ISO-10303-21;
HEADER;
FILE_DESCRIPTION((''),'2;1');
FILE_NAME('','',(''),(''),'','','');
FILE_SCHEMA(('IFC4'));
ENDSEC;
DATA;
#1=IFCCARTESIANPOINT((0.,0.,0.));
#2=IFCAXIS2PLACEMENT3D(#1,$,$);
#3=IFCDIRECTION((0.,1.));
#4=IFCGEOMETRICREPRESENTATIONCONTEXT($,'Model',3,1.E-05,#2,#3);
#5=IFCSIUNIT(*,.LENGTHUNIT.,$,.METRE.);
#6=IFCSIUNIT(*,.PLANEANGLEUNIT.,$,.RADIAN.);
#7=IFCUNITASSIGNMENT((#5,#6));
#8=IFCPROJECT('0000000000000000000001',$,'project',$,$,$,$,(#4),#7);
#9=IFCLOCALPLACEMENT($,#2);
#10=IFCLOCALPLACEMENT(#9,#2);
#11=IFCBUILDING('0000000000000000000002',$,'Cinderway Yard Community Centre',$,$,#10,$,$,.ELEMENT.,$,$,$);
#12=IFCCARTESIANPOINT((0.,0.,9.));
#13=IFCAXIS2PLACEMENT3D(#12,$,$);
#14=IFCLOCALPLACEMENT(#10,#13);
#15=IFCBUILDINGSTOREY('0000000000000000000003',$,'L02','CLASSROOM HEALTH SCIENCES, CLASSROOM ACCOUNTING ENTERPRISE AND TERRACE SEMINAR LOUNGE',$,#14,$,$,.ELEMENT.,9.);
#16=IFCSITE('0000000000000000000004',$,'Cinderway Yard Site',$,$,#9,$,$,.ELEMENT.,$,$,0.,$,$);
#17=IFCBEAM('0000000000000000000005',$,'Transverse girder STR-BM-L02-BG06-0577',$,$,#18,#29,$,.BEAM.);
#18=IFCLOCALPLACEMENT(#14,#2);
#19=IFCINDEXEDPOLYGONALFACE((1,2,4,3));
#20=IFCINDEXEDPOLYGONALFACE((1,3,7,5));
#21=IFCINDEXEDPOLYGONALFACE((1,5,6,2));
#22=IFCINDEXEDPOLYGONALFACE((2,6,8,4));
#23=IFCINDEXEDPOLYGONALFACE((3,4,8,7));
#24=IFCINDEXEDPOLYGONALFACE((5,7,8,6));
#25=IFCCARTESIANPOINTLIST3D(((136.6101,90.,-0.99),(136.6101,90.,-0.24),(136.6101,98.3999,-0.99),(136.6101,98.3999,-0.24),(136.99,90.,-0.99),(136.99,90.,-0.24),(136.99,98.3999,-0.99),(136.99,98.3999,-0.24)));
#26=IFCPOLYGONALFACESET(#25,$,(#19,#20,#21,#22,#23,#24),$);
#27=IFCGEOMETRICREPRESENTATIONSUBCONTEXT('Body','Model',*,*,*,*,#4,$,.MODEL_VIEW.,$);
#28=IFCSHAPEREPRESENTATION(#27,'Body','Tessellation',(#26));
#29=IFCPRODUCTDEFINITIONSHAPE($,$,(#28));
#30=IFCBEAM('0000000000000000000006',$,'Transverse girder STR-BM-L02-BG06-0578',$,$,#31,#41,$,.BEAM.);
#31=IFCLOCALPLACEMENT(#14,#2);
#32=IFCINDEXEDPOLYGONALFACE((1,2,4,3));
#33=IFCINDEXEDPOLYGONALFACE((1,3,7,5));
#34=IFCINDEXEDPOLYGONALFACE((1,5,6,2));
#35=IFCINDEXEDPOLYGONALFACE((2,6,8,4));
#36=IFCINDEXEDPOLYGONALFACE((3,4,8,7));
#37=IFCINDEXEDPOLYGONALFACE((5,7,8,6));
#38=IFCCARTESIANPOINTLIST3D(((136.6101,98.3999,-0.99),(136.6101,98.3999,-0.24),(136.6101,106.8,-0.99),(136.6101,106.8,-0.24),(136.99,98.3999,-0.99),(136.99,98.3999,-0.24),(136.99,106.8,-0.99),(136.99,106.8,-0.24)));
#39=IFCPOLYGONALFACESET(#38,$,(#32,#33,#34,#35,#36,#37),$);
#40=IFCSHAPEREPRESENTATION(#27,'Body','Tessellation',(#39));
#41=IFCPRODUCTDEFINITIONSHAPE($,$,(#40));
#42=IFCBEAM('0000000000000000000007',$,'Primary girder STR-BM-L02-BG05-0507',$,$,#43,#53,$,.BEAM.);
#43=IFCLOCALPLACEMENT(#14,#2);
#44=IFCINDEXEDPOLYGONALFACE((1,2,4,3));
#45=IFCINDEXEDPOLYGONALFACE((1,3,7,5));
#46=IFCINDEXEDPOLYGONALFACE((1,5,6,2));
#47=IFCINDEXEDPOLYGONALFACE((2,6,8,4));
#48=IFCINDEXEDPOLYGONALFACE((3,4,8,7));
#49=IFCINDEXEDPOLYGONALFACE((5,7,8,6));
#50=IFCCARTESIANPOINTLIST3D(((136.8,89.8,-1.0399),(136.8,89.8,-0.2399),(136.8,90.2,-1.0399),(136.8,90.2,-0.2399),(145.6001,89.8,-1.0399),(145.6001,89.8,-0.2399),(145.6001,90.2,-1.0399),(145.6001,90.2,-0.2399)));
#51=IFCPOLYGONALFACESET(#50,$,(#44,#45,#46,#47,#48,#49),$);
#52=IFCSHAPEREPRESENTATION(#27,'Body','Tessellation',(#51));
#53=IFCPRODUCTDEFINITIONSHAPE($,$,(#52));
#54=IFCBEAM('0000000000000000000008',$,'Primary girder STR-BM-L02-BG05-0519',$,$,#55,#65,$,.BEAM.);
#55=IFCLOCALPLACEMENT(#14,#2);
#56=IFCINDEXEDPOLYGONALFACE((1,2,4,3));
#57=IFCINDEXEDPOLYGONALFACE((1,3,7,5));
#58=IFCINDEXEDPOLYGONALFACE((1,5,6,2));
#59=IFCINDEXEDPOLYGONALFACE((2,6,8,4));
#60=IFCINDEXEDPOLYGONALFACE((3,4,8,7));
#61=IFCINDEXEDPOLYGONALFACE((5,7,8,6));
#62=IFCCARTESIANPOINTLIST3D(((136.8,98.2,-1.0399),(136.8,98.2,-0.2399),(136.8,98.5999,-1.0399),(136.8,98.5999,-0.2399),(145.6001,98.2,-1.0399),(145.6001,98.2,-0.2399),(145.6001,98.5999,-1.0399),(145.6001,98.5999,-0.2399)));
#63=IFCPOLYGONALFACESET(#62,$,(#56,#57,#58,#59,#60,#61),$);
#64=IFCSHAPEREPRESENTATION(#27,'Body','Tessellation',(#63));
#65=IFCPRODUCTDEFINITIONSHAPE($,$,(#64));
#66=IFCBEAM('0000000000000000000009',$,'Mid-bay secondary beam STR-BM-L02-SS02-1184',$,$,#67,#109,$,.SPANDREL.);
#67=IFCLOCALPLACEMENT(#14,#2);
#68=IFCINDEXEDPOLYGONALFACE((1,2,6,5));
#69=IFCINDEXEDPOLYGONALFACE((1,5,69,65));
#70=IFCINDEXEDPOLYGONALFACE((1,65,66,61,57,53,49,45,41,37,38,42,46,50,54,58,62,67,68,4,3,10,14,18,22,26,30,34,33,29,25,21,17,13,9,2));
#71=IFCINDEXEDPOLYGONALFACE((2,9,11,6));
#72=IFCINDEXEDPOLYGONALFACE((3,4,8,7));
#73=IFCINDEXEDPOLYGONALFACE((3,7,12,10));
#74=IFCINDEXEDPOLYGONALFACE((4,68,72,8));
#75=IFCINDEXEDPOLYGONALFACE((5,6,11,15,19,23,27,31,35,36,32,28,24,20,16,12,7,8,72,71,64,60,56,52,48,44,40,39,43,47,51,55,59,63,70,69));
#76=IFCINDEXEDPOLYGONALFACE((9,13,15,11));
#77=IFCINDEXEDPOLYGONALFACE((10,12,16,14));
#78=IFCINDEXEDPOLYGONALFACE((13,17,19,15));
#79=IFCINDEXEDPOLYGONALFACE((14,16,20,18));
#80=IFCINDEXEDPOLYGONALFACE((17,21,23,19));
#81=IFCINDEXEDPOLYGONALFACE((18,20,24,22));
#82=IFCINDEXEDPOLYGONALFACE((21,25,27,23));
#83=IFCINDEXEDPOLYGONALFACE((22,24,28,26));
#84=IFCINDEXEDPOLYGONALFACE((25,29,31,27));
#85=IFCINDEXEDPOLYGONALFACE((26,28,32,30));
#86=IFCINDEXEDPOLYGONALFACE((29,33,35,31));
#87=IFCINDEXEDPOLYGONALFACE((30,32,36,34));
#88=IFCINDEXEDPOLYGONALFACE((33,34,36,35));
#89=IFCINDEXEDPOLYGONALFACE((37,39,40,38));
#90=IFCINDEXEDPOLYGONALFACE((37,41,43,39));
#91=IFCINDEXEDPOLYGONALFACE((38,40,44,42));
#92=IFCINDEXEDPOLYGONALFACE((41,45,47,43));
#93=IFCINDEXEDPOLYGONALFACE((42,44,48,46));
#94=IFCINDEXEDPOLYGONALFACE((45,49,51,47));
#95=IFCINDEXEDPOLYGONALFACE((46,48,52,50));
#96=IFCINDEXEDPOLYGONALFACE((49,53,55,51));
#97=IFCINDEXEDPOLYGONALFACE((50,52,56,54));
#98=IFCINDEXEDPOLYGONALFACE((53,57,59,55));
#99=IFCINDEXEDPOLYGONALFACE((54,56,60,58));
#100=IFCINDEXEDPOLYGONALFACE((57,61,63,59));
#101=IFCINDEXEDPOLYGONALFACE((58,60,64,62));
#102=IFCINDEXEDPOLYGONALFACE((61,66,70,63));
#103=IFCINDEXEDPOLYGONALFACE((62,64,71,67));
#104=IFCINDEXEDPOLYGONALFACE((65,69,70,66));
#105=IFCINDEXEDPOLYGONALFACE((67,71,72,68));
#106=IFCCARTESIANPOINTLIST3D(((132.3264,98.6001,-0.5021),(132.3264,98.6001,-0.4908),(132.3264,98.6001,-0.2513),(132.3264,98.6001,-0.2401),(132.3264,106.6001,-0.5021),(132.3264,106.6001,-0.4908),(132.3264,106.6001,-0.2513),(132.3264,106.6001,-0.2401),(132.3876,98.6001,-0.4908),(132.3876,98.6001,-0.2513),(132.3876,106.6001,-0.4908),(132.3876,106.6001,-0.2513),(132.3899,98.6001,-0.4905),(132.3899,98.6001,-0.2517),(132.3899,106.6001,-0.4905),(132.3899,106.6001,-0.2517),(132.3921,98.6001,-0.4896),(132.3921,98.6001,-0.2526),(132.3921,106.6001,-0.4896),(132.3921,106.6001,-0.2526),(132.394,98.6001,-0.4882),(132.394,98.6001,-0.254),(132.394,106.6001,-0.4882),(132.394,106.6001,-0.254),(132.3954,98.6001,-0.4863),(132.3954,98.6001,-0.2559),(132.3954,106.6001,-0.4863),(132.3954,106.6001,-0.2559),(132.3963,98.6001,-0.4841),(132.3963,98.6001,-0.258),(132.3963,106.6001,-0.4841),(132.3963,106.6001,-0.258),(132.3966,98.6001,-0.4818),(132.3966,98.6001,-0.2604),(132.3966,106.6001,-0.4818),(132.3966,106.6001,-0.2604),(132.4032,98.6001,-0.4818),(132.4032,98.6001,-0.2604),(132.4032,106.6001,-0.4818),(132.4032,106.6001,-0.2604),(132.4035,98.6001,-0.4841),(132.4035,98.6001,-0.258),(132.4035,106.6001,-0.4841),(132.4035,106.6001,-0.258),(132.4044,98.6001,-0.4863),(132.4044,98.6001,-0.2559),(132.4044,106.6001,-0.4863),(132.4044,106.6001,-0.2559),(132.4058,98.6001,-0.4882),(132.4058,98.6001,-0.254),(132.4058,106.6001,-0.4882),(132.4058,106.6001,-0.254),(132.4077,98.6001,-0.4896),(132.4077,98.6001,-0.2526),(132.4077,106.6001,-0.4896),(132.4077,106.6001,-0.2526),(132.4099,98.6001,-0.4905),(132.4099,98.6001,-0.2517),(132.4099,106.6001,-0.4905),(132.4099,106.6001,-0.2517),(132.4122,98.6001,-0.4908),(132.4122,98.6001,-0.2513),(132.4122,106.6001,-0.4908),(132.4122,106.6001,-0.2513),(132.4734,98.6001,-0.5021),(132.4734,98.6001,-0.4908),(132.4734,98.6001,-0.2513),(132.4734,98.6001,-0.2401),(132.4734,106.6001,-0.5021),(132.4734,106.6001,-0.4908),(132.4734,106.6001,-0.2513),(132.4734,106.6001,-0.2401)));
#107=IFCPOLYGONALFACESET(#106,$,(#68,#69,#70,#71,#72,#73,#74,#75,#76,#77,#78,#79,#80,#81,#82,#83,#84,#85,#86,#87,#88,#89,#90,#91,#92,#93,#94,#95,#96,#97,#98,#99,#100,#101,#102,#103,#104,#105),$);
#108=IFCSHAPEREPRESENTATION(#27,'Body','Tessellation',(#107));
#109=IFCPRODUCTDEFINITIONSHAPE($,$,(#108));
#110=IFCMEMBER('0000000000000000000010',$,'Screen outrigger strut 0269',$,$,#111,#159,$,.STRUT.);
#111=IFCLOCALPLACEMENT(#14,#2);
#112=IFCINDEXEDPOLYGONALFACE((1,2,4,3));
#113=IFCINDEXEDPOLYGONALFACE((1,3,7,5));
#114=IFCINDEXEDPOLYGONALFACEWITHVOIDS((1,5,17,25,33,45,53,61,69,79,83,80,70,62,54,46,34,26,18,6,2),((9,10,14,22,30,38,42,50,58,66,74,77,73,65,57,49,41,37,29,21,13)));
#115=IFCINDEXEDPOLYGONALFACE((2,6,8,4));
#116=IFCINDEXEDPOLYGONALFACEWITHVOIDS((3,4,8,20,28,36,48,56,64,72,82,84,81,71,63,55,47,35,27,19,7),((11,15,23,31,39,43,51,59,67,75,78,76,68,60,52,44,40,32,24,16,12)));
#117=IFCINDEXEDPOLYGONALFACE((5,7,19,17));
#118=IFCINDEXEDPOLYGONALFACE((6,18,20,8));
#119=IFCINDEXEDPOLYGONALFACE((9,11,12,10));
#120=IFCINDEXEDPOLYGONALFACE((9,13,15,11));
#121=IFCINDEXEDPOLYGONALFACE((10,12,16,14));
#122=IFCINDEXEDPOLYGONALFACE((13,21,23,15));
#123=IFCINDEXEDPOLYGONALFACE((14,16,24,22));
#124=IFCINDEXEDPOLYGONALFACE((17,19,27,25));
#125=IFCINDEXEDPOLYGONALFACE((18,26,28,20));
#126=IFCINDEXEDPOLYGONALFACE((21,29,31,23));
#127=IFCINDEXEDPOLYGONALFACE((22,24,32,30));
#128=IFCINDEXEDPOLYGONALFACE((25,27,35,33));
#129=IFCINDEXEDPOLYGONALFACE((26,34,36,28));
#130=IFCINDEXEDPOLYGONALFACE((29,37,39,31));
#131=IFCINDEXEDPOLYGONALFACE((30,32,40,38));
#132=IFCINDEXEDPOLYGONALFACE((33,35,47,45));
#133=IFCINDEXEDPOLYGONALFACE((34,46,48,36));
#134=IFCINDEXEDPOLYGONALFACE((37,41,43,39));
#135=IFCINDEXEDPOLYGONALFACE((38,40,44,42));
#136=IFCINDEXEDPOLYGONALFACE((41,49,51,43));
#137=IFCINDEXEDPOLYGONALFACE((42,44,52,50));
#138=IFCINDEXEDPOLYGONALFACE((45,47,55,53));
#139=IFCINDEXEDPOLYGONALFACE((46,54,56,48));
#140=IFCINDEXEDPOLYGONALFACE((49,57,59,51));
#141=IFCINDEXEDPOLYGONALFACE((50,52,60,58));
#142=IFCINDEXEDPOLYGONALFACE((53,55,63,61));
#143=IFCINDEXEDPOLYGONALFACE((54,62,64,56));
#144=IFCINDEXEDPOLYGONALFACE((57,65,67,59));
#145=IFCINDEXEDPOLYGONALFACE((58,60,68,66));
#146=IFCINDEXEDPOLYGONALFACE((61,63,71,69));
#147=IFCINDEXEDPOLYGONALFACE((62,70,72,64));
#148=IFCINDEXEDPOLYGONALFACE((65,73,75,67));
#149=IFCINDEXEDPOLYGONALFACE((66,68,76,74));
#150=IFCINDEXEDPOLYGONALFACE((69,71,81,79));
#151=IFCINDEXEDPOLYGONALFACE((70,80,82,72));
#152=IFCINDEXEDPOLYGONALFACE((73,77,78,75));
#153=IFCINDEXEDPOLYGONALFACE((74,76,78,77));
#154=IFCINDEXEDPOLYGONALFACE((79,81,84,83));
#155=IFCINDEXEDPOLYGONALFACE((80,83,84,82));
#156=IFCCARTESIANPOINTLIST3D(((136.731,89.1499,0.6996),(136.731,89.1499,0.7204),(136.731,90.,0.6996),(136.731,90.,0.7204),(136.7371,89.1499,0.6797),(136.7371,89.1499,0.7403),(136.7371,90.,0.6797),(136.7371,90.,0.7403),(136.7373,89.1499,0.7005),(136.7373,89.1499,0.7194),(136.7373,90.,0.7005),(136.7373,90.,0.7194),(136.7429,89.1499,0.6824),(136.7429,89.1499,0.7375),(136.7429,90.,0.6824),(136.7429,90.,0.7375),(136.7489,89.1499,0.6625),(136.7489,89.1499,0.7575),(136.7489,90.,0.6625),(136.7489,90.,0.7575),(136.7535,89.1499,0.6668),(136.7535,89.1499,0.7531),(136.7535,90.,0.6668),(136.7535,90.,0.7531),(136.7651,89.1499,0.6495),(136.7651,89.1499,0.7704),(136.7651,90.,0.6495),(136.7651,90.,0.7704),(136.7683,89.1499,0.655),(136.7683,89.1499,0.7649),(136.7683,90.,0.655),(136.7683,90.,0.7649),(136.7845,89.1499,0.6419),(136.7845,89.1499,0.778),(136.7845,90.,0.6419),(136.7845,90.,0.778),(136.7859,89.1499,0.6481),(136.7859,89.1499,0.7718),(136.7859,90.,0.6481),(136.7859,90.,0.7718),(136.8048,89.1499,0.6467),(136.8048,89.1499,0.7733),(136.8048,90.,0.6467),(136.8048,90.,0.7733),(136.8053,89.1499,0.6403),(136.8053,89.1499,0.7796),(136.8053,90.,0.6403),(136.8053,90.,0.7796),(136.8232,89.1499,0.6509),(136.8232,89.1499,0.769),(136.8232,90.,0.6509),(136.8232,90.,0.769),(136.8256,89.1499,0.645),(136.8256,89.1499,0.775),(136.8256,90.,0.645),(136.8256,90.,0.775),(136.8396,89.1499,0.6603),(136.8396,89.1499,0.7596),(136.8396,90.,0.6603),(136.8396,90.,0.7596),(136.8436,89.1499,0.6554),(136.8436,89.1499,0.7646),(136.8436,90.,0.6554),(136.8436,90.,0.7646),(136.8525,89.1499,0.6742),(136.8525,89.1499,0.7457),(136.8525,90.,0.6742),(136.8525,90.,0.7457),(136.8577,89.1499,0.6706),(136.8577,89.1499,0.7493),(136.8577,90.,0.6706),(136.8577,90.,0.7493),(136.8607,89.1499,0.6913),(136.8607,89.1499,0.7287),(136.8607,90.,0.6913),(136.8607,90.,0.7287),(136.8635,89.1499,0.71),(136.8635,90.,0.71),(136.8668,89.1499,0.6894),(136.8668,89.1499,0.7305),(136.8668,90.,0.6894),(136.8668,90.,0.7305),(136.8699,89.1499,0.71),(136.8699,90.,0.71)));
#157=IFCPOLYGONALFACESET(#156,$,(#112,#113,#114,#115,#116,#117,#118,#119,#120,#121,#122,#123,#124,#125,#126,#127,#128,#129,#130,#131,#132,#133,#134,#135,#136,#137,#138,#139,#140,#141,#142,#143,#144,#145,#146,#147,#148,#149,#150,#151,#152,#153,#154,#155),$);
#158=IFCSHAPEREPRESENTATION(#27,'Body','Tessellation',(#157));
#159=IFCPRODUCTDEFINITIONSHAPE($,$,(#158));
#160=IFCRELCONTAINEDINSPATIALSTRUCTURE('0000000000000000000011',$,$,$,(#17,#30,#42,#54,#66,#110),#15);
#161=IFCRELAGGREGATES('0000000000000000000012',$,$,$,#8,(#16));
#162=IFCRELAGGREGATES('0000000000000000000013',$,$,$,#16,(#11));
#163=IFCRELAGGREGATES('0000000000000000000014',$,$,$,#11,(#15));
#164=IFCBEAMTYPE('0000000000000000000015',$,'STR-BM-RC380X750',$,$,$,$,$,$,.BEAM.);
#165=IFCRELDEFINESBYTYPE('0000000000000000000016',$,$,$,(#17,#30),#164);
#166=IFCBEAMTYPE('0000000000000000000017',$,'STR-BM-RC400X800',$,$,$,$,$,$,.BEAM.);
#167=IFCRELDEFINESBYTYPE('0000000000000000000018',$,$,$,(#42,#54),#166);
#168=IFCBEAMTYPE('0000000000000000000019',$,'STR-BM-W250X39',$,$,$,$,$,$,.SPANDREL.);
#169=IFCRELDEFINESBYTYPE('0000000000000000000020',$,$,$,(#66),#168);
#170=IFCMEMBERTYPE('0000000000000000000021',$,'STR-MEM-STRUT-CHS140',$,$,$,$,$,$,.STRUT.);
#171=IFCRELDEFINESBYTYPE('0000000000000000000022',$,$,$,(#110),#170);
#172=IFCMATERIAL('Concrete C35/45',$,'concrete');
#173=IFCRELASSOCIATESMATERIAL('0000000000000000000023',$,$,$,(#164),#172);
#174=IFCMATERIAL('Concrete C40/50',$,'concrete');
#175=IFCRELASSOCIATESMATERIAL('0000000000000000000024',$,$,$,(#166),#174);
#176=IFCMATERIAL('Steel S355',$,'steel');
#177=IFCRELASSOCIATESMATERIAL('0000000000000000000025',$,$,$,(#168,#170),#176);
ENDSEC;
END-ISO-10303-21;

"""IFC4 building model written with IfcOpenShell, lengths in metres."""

from ifc_helpers import new_model, si_unit, direction, frame, origin, origin_2d, place, context, subcontext, project, spatial, rectangle, hollow_circle, i_section, extrude, material, material_profile, profile_set, type_object, element, save


model = new_model("IFC4")

# Units and contexts
model_context = context("Model", 3, precision=1e-05, world=origin(), true_north=direction((0.0, 1.0)))
body_context = subcontext(model_context, "Body", "Model", "MODEL_VIEW")
ifc_project = project(units=[si_unit("LENGTHUNIT", "METRE"), si_unit("PLANEANGLEUNIT", "RADIAN")], contexts=[model_context])

# Site, building, storey
site_placement = place(None, origin())
site = spatial("IfcSite", under=ifc_project, at=site_placement, Name="Cinderway Yard Site", CompositionType="ELEMENT", RefElevation=0.0)
building_placement = place(site_placement, origin())
building = spatial("IfcBuilding", under=site, at=building_placement, Name="Cinderway Yard Community Centre", CompositionType="ELEMENT")
storey_placement = place(building_placement, frame((0.0, 0.0, 9.0)))
storey = spatial("IfcBuildingStorey", under=building, at=storey_placement, Name="L02", Description="CLASSROOM HEALTH SCIENCES, CLASSROOM ACCOUNTING ENTERPRISE AND TERRACE SEMINAR LOUNGE", CompositionType="ELEMENT", Elevation=9.0)

# Shared definitions
ifc_material_1 = material(Name="Concrete C40/50", Category="concrete")

# Beams
ifc_material_2 = material(Name="Concrete C35/45", Category="concrete")
ifc_material_profile_1 = material_profile(ifc_material_2, rectangle(XDim=0.3799, YDim=0.75, at=origin_2d()), Name="Concrete C35/45")
ifc_profile_set_1 = profile_set([ifc_material_profile_1], Name="Concrete C35/45")
beam_type_1 = type_object("IfcBeamType", Name="STR-BM-RC380X750", PredefinedType="BEAM", material=ifc_profile_set_1)
beam_1_placement = place(storey_placement, frame((136.8, 90.0, -0.615), z_axis=(0.0, 1.0, 0.0), x_axis=(-1.0, 0.0, 0.0)))
element("IfcBeam", 1, at=beam_1_placement, inside=storey, type_object=beam_type_1, Name="Transverse girder STR-BM-L02-BG06-0577", PredefinedType="BEAM", context=body_context, shape_type="SweptSolid", body=[
    extrude(rectangle(XDim=0.3799, YDim=0.75, at=origin_2d()), origin(), (0.0, 0.0, 1.0), 8.3999),
])
beam_2_placement = place(storey_placement, frame((136.8, 98.3999, -0.615), z_axis=(0.0, 1.0, 0.0), x_axis=(-1.0, 0.0, 0.0)))
element("IfcBeam", 2, at=beam_2_placement, inside=storey, type_object=beam_type_1, Name="Transverse girder STR-BM-L02-BG06-0578", PredefinedType="BEAM", context=body_context, shape_type="SweptSolid", body=[
    extrude(rectangle(XDim=0.3799, YDim=0.75, at=origin_2d()), origin(), (0.0, 0.0, 1.0), 8.4001),
])
ifc_material_profile_2 = material_profile(ifc_material_1, rectangle(XDim=0.3999, YDim=0.8, at=origin_2d()), Name="Concrete C40/50")
ifc_profile_set_2 = profile_set([ifc_material_profile_2], Name="Concrete C40/50")
beam_type_2 = type_object("IfcBeamType", Name="STR-BM-RC400X800", PredefinedType="BEAM", material=ifc_profile_set_2)
for number, where, z_axis, x_axis, name in (
    (3, (136.8, 90.0, -0.6399), (1.0, 0.0, 0.0), (0.0, 1.0, 0.0), "Primary girder STR-BM-L02-BG05-0507"),
    (4, (136.8, 98.3999, -0.6399), (1.0, 0.0, 0.0), (0.0, 1.0, 0.0), "Primary girder STR-BM-L02-BG05-0519"),
):
    element("IfcBeam", number, at=place(storey_placement, frame(where, z_axis=z_axis, x_axis=x_axis)), inside=storey, type_object=beam_type_2, Name=name, PredefinedType="BEAM", context=body_context, shape_type="SweptSolid", body=[
        extrude(rectangle(XDim=0.3999, YDim=0.8, at=origin_2d()), origin(), (0.0, 0.0, 1.0), 8.8),
    ])
ifc_material_3 = material(Name="Steel S355", Category="steel")
ifc_material_profile_3 = material_profile(ifc_material_3, i_section(OverallWidth=0.147, OverallDepth=0.262, WebThickness=0.0066, FlangeThickness=0.0112, FilletRadius=0.009, at=origin_2d()), Name="Steel S355")
ifc_profile_set_3 = profile_set([ifc_material_profile_3], Name="Steel S355")
beam_type_3 = type_object("IfcBeamType", Name="STR-BM-W250X39", PredefinedType="SPANDREL", material=ifc_profile_set_3)
beam_3_placement = place(storey_placement, frame((132.3999, 98.6001, -0.3711), z_axis=(0.0, 1.0, 0.0), x_axis=(-1.0, 0.0, 0.0)))
element("IfcBeam", 5, at=beam_3_placement, inside=storey, type_object=beam_type_3, Name="Mid-bay secondary beam STR-BM-L02-SS02-1184", PredefinedType="SPANDREL", context=body_context, shape_type="SweptSolid", body=[
    extrude(i_section(OverallWidth=0.147, OverallDepth=0.262, WebThickness=0.0066, FlangeThickness=0.0112, FilletRadius=0.009, at=origin_2d()), origin(), (0.0, 0.0, 1.0), 8.0),
])

# Member
ifc_material_profile_4 = material_profile(ifc_material_3, hollow_circle(Radius=0.0698, WallThickness=0.0063, at=origin_2d()), Name="Steel S355")
ifc_profile_set_4 = profile_set([ifc_material_profile_4], Name="Steel S355")
member_type_1 = type_object("IfcMemberType", Name="STR-MEM-STRUT-CHS140", PredefinedType="STRUT", material=ifc_profile_set_4)
for number, where, z_axis, x_axis, name in (
    (6, (136.8, 90.0, 0.71), (0.0, -1.0, 0.0), (1.0, 0.0, 0.0), "Screen outrigger strut 0269"),
):
    element("IfcMember", number, at=place(storey_placement, frame(where, z_axis=z_axis, x_axis=x_axis)), inside=storey, type_object=member_type_1, Name=name, PredefinedType="STRUT", context=body_context, shape_type="SweptSolid", body=[
        extrude(hollow_circle(Radius=0.0698, WallThickness=0.0063, at=origin_2d()), origin(), (0.0, 0.0, 1.0), 0.8501),
    ])

save(model, "model.ifc")
